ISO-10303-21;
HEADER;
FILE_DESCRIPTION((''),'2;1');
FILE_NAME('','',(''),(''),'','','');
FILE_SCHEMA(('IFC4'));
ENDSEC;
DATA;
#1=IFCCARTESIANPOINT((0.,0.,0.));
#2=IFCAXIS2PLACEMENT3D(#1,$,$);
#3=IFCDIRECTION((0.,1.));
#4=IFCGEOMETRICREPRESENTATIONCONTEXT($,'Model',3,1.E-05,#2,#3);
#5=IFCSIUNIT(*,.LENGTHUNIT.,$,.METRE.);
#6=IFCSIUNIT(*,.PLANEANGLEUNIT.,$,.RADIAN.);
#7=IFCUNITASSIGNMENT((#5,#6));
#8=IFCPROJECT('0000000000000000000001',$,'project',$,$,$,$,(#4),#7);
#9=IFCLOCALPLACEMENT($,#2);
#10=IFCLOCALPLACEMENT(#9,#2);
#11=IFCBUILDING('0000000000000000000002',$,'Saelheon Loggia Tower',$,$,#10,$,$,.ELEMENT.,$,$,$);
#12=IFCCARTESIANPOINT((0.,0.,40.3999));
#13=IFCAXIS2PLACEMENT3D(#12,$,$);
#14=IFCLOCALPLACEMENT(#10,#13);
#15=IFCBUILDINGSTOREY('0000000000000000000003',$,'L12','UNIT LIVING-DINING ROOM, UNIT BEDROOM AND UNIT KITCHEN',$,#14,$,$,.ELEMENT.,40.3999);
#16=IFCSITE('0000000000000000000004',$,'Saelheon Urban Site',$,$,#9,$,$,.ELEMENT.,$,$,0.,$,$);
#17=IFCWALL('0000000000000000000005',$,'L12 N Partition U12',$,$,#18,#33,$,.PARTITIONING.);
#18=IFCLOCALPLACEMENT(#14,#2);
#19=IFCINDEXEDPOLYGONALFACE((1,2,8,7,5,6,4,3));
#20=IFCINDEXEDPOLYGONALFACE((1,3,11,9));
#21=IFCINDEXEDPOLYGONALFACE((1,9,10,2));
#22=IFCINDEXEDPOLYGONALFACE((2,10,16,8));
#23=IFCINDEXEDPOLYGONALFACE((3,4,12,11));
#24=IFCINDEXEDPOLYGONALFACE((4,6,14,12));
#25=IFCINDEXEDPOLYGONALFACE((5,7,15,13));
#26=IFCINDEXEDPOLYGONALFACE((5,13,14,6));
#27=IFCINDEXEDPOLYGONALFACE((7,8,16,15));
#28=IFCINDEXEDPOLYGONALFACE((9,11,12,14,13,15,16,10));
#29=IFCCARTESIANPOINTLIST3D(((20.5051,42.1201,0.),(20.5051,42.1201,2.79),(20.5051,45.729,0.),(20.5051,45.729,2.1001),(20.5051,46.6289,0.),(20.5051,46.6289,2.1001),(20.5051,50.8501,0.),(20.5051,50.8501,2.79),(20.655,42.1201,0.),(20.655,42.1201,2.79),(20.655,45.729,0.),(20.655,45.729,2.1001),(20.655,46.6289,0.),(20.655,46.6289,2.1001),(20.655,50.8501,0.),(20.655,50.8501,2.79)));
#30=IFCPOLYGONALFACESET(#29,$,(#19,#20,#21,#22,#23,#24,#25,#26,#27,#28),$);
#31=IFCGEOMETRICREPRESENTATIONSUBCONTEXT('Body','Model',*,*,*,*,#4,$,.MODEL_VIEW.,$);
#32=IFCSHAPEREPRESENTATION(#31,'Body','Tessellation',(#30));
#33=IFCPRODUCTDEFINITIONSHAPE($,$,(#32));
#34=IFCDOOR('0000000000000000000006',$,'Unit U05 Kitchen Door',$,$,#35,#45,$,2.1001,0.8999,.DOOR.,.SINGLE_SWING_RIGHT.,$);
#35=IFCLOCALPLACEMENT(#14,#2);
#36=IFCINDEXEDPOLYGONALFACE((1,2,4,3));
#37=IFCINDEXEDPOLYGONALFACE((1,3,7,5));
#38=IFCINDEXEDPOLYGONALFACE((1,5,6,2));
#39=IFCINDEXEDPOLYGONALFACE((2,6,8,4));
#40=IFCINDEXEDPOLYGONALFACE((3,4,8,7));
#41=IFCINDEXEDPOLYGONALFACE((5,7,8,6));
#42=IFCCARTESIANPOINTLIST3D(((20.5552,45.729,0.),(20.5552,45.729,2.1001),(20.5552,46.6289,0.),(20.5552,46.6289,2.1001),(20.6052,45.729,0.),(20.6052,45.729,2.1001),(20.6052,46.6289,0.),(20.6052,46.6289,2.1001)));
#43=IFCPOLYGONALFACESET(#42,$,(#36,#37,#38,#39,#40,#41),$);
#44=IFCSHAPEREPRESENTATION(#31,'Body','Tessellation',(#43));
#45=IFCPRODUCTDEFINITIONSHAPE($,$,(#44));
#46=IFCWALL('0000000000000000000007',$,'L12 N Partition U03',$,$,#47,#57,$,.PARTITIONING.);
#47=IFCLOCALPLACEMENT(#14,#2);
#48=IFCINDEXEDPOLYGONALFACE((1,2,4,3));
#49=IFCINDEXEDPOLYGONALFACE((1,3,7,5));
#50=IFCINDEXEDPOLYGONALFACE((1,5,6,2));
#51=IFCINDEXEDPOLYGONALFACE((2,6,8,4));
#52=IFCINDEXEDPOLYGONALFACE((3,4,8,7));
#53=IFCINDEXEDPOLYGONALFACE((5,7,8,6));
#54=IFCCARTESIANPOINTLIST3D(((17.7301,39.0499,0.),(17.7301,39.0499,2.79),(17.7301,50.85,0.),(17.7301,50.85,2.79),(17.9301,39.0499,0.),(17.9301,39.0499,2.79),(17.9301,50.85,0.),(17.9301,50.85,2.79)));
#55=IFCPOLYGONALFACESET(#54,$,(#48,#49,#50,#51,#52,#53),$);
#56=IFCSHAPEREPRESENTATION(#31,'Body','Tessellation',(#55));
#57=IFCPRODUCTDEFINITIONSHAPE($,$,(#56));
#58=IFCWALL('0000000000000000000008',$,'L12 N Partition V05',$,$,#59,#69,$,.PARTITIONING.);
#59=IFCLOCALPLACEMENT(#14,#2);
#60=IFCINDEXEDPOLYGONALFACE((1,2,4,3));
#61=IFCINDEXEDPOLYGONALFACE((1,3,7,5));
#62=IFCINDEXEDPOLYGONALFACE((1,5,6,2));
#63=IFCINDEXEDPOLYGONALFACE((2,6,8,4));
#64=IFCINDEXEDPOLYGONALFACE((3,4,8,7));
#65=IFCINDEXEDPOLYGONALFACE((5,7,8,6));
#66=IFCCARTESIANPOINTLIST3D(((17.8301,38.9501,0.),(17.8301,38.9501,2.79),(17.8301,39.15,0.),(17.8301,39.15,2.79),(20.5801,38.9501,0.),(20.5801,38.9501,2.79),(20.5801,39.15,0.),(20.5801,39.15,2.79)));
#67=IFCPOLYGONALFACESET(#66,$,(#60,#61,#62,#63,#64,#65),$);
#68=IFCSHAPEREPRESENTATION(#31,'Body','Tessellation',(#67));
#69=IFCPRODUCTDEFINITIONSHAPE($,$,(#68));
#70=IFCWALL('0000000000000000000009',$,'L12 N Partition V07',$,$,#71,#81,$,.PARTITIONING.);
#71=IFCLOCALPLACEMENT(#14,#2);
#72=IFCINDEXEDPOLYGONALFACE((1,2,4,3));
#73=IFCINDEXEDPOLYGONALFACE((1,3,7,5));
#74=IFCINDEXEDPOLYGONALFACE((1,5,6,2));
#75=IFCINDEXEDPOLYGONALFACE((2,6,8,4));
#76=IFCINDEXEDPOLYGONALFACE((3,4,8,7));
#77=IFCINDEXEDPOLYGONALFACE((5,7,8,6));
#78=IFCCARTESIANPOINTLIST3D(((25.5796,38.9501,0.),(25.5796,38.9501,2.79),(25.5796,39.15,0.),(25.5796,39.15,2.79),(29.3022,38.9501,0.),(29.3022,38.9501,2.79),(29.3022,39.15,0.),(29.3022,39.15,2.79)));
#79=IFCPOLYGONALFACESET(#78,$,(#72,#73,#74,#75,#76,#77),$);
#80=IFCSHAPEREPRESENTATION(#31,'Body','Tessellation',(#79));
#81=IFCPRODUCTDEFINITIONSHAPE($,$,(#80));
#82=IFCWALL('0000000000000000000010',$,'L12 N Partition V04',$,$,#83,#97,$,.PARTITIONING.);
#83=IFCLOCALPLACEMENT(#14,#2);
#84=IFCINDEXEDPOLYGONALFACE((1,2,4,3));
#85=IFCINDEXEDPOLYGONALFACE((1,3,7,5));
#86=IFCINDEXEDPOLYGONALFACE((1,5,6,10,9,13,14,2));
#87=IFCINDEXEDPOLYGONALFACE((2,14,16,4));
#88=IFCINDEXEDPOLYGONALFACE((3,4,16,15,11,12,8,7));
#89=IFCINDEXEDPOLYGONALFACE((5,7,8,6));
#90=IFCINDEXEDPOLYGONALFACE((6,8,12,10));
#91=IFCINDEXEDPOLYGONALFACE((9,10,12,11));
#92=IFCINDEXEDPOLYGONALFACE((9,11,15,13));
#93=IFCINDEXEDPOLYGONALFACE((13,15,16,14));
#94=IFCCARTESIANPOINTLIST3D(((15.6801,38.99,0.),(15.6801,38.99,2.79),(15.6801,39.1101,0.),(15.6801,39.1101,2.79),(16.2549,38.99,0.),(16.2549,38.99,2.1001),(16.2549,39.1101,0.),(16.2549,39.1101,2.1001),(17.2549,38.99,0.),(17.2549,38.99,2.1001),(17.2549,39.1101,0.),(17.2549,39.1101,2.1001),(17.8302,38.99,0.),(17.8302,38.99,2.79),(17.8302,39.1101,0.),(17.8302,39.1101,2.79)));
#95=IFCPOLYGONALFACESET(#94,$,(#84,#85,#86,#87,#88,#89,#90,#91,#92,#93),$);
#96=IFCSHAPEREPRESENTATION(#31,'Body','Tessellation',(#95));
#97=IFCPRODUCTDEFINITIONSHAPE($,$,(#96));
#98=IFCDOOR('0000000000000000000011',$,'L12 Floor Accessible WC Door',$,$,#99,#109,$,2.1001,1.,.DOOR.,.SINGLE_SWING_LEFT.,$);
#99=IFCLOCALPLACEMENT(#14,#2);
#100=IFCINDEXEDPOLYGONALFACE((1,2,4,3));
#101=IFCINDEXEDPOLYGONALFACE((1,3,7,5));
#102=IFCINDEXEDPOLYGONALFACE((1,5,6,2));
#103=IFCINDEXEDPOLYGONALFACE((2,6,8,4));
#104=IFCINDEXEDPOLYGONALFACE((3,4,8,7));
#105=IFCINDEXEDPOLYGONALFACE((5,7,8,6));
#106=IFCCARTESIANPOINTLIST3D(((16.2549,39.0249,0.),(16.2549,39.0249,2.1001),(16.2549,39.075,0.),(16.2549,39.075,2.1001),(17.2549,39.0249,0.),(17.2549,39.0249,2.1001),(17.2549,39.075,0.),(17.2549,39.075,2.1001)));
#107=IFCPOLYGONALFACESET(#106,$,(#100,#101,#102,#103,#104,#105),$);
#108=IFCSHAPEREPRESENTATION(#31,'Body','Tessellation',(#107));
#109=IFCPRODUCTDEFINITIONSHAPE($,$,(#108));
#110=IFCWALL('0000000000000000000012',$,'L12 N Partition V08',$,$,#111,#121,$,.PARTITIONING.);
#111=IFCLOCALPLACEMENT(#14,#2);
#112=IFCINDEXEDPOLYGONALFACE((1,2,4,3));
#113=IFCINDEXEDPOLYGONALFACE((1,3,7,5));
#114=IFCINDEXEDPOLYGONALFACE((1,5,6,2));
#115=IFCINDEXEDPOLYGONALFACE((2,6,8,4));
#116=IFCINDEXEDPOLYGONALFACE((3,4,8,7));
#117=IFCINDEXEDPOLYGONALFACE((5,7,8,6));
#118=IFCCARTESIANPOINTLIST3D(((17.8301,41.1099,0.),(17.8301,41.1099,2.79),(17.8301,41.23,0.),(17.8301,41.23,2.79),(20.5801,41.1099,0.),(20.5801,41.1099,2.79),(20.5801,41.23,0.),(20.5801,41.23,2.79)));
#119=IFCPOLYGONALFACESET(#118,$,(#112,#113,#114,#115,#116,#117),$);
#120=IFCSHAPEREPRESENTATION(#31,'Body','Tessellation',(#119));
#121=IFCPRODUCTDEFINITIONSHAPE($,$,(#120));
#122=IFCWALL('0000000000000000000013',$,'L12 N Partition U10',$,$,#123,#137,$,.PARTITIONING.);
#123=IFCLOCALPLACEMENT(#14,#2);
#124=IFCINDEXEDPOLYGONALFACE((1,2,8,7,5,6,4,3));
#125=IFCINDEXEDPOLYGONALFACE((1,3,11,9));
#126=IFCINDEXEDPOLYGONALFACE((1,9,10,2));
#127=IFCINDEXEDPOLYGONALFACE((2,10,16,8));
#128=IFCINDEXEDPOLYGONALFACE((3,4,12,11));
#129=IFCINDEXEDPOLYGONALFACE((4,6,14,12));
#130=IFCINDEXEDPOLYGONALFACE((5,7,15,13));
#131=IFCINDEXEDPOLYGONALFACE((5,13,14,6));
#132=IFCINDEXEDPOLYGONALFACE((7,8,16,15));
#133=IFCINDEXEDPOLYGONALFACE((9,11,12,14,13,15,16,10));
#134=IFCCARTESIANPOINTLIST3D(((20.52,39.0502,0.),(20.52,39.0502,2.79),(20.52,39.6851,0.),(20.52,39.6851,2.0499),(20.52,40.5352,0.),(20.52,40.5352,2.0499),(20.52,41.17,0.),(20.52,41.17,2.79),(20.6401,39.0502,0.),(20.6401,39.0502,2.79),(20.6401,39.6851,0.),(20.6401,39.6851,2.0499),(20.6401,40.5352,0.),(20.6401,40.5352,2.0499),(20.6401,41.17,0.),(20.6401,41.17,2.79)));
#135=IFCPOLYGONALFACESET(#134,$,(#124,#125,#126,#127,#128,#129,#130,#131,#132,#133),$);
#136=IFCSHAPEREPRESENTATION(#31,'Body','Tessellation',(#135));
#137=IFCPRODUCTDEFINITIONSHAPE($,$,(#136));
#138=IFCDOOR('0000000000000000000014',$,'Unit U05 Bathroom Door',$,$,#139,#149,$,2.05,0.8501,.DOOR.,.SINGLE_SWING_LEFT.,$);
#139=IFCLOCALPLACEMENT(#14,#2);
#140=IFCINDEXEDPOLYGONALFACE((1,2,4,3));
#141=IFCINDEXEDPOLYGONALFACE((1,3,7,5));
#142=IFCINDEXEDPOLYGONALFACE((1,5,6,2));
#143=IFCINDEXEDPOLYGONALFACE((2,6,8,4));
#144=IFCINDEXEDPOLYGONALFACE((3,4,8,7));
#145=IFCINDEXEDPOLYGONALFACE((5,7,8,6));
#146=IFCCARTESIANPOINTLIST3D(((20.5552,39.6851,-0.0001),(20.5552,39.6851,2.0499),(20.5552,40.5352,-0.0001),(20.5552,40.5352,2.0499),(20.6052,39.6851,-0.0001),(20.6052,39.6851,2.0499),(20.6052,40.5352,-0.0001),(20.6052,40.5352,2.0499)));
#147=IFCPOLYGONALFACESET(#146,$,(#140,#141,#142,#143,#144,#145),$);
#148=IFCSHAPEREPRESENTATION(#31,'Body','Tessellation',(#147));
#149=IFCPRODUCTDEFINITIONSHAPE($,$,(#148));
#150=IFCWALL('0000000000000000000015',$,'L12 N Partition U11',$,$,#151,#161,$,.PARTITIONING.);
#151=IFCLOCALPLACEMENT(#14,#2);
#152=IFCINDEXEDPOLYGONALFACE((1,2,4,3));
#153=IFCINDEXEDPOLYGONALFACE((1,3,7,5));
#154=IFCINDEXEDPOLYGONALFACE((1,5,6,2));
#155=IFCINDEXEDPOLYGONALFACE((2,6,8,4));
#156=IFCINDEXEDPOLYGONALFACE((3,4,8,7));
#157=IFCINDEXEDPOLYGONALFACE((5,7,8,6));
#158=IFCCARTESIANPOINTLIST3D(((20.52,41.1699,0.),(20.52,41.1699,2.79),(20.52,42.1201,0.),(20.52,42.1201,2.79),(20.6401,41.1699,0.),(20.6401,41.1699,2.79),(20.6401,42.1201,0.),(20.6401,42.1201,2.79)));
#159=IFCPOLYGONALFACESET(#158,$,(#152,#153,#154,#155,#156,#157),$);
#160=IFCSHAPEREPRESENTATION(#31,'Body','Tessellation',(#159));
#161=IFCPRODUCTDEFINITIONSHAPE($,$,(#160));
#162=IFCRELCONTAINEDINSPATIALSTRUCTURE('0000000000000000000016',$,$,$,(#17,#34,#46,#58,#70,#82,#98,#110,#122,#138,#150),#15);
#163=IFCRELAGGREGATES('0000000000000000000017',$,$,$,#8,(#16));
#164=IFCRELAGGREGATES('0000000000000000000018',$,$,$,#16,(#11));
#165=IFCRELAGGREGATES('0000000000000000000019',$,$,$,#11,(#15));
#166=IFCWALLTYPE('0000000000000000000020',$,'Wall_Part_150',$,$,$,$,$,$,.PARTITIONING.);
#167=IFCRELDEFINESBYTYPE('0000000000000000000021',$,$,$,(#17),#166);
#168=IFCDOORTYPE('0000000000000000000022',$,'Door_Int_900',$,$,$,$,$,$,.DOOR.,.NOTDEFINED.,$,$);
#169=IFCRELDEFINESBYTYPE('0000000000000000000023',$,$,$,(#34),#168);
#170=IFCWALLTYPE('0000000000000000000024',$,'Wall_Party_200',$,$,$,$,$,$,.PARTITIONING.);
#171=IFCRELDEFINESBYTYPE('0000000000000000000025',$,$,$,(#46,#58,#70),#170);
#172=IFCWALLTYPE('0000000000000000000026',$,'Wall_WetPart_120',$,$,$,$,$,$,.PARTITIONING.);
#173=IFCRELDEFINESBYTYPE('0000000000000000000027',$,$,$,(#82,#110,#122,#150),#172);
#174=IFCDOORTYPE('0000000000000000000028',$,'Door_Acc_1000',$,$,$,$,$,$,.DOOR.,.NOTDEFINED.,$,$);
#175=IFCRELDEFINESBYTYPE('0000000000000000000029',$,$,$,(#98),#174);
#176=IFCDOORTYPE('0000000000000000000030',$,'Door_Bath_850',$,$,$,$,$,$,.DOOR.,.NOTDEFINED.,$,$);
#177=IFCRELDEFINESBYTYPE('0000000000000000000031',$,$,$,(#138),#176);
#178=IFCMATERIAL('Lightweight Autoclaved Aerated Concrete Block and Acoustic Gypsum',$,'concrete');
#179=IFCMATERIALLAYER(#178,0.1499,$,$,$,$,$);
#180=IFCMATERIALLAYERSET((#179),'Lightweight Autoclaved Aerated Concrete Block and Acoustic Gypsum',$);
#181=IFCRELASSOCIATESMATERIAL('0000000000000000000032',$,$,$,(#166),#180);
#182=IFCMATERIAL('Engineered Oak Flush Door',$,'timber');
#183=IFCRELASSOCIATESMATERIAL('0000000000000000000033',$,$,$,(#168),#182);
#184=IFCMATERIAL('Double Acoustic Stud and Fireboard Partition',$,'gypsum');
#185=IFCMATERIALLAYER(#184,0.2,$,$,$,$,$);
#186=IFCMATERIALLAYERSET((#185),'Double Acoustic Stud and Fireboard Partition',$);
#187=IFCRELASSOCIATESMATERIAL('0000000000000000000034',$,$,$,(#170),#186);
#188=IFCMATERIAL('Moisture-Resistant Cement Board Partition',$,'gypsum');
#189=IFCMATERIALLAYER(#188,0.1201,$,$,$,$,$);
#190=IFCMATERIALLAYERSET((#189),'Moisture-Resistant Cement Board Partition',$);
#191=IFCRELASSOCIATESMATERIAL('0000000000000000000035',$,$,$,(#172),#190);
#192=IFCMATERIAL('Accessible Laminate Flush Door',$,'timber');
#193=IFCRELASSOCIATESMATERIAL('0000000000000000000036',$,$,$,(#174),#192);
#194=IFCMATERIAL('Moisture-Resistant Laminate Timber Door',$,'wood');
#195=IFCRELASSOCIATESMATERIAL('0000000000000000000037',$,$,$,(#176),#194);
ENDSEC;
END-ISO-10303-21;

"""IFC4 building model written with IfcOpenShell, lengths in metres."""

from ifc_helpers import new_model, si_unit, direction, frame, frame_2d, origin, place, context, subcontext, project, spatial, rectangle, extrude, source, transform, mapped, material, layer, layer_set, type_object, element, fill, save


model = new_model("IFC4")

# Units and contexts
model_context = context("Model", 3, precision=1e-05, world=origin(), true_north=direction((0.0, 1.0)))
body_context = subcontext(model_context, "Body", "Model", "MODEL_VIEW")
ifc_project = project(units=[si_unit("LENGTHUNIT", "METRE"), si_unit("PLANEANGLEUNIT", "RADIAN")], contexts=[model_context])

# Site, building, storey
site_placement = place(None, origin())
site = spatial("IfcSite", under=ifc_project, at=site_placement, Name="Saelheon Urban Site", CompositionType="ELEMENT", RefElevation=0.0)
building_placement = place(site_placement, origin())
building = spatial("IfcBuilding", under=site, at=building_placement, Name="Saelheon Loggia Tower", CompositionType="ELEMENT")
storey_placement = place(building_placement, frame((0.0, 0.0, 40.3999)))
storey = spatial("IfcBuildingStorey", under=building, at=storey_placement, Name="L12", Description="UNIT LIVING-DINING ROOM, UNIT BEDROOM AND UNIT KITCHEN", CompositionType="ELEMENT", Elevation=40.3999)

# Wall, opening, door
ifc_material_1 = material(Name="Lightweight Autoclaved Aerated Concrete Block and Acoustic Gypsum", Category="concrete")
ifc_layer_1 = layer(ifc_material_1, 0.1499)
ifc_layer_set_1 = layer_set([ifc_layer_1], Name="Lightweight Autoclaved Aerated Concrete Block and Acoustic Gypsum")
wall_type_1 = type_object("IfcWallType", Name="Wall_Part_150", PredefinedType="PARTITIONING", material=ifc_layer_set_1)
wall_1_placement = place(storey_placement, frame((20.5801, 42.1201, 0.0), z_axis=(0.0, 0.0, 1.0), x_axis=(0.0, 1.0, 0.0)))
wall_1 = element("IfcWall", 1, at=wall_1_placement, inside=storey, type_object=wall_type_1, Name="L12 N Partition U12", PredefinedType="PARTITIONING", context=body_context, shape_type="SweptSolid", body=[
    extrude(rectangle(XDim=8.73, YDim=0.1499, at=frame_2d((4.365, 0.0))), origin(), (0.0, 0.0, 1.0), 2.79),
])
opening_1_placement = place(wall_1_placement, frame((3.6089, 0.0, 0.0)))
opening_1 = element("IfcOpeningElement", 2, at=opening_1_placement, cuts=wall_1, PredefinedType="OPENING", context=body_context, shape_type="SweptSolid", body=[
    extrude(rectangle(XDim=0.8999, YDim=2.1001, at=frame_2d((0.45, 1.05))), frame((0.0, 0.0869, 0.0), z_axis=(0.0, -1.0, 0.0), x_axis=(1.0, 0.0, 0.0)), (0.0, 0.0, 1.0), 0.1738),
])
ifc_material_2 = material(Name="Engineered Oak Flush Door", Category="timber")
door_type_1 = type_object("IfcDoorType", Name="Door_Int_900", OperationType="NOTDEFINED", PredefinedType="DOOR", material=ifc_material_2)
shared_shape_1 = source(origin(), body_context, "Body", "SweptSolid", [
    extrude(rectangle(XDim=0.8999, YDim=2.1001, at=frame_2d((0.45, 1.05))), frame((0.0, 0.0249, 0.0), z_axis=(0.0, -1.0, 0.0), x_axis=(1.0, 0.0, 0.0)), (0.0, 0.0, 1.0), 0.05),
])
door_1_placement = place(opening_1_placement, origin())
door_1 = element("IfcDoor", 3, at=door_1_placement, inside=storey, type_object=door_type_1, Name="Unit U05 Kitchen Door", OperationType="SINGLE_SWING_RIGHT", OverallHeight=2.1001, OverallWidth=0.8999, PredefinedType="DOOR", context=body_context, shape_type="MappedRepresentation", body=[
    mapped(shared_shape_1, transform((0.0, 0.0, 0.0), scale=1.0)),
])
fill(opening_1, door_1)

# Walls
ifc_material_3 = material(Name="Double Acoustic Stud and Fireboard Partition", Category="gypsum")
ifc_layer_2 = layer(ifc_material_3, 0.2)
ifc_layer_set_2 = layer_set([ifc_layer_2], Name="Double Acoustic Stud and Fireboard Partition")
wall_type_2 = type_object("IfcWallType", Name="Wall_Party_200", PredefinedType="PARTITIONING", material=ifc_layer_set_2)
wall_2_placement = place(storey_placement, frame((17.8301, 39.05, 0.0), z_axis=(0.0, 0.0, 1.0), x_axis=(0.0, 1.0, 0.0)))
element("IfcWall", 4, at=wall_2_placement, inside=storey, type_object=wall_type_2, Name="L12 N Partition U03", PredefinedType="PARTITIONING", context=body_context, shape_type="SweptSolid", body=[
    extrude(rectangle(XDim=11.8, YDim=0.2, at=frame_2d((5.8999, 0.0))), origin(), (0.0, 0.0, 1.0), 2.79),
])
wall_3_placement = place(storey_placement, frame((17.8301, 39.05, 0.0), z_axis=(0.0, 0.0, 1.0), x_axis=(1.0, 0.0, 0.0)))
element("IfcWall", 5, at=wall_3_placement, inside=storey, type_object=wall_type_2, Name="L12 N Partition V05", PredefinedType="PARTITIONING", context=body_context, shape_type="SweptSolid", body=[
    extrude(rectangle(XDim=2.75, YDim=0.2, at=frame_2d((1.375, 0.0))), origin(), (0.0, 0.0, 1.0), 2.79),
])

# Wall
wall_4_placement = place(storey_placement, frame((25.5796, 39.05, 0.0), z_axis=(0.0, 0.0, 1.0), x_axis=(1.0, 0.0, 0.0)))
element("IfcWall", 6, at=wall_4_placement, inside=storey, type_object=wall_type_2, Name="L12 N Partition V07", PredefinedType="PARTITIONING", context=body_context, shape_type="SweptSolid", body=[
    extrude(rectangle(XDim=3.7227, YDim=0.2, at=frame_2d((1.8613, 0.0))), origin(), (0.0, 0.0, 1.0), 2.79),
])

# Wall, opening, door
ifc_material_4 = material(Name="Moisture-Resistant Cement Board Partition", Category="gypsum")
ifc_layer_3 = layer(ifc_material_4, 0.1201)
ifc_layer_set_3 = layer_set([ifc_layer_3], Name="Moisture-Resistant Cement Board Partition")
wall_type_3 = type_object("IfcWallType", Name="Wall_WetPart_120", PredefinedType="PARTITIONING", material=ifc_layer_set_3)
wall_5_placement = place(storey_placement, frame((15.6799, 39.05, 0.0), z_axis=(0.0, 0.0, 1.0), x_axis=(1.0, 0.0, 0.0)))
wall_5 = element("IfcWall", 7, at=wall_5_placement, inside=storey, type_object=wall_type_3, Name="L12 N Partition V04", PredefinedType="PARTITIONING", context=body_context, shape_type="SweptSolid", body=[
    extrude(rectangle(XDim=2.1501, YDim=0.1201, at=frame_2d((1.0752, 0.0))), origin(), (0.0, 0.0, 1.0), 2.79),
])
opening_2_placement = place(wall_5_placement, frame((0.575, 0.0, 0.0)))
opening_2 = element("IfcOpeningElement", 8, at=opening_2_placement, cuts=wall_5, PredefinedType="OPENING", context=body_context, shape_type="SweptSolid", body=[
    extrude(rectangle(XDim=1.0, YDim=2.1001, at=frame_2d((0.5, 1.05))), frame((0.0, 0.072, 0.0), z_axis=(0.0, -1.0, 0.0), x_axis=(1.0, 0.0, 0.0)), (0.0, 0.0, 1.0), 0.144),
])
ifc_material_5 = material(Name="Accessible Laminate Flush Door", Category="timber")
door_type_2 = type_object("IfcDoorType", Name="Door_Acc_1000", OperationType="NOTDEFINED", PredefinedType="DOOR", material=ifc_material_5)
shared_shape_2 = source(origin(), body_context, "Body", "SweptSolid", [
    extrude(rectangle(XDim=1.0, YDim=2.1001, at=frame_2d((0.5, 1.05))), frame((0.0, 0.0249, 0.0), z_axis=(0.0, -1.0, 0.0), x_axis=(1.0, 0.0, 0.0)), (0.0, 0.0, 1.0), 0.05),
])
door_2_placement = place(opening_2_placement, origin())
door_2 = element("IfcDoor", 9, at=door_2_placement, inside=storey, type_object=door_type_2, Name="L12 Floor Accessible WC Door", OperationType="SINGLE_SWING_LEFT", OverallHeight=2.1001, OverallWidth=1.0, PredefinedType="DOOR", context=body_context, shape_type="MappedRepresentation", body=[
    mapped(shared_shape_2, transform((0.0, 0.0, 0.0), scale=1.0)),
])
fill(opening_2, door_2)

# Wall
wall_6_placement = place(storey_placement, frame((17.8301, 41.1699, 0.0), z_axis=(0.0, 0.0, 1.0), x_axis=(1.0, 0.0, 0.0)))
element("IfcWall", 10, at=wall_6_placement, inside=storey, type_object=wall_type_3, Name="L12 N Partition V08", PredefinedType="PARTITIONING", context=body_context, shape_type="SweptSolid", body=[
    extrude(rectangle(XDim=2.75, YDim=0.1201, at=frame_2d((1.375, 0.0))), origin(), (0.0, 0.0, 1.0), 2.79),
])

# Wall, opening, door
wall_7_placement = place(storey_placement, frame((20.5801, 39.05, 0.0), z_axis=(0.0, 0.0, 1.0), x_axis=(0.0, 1.0, 0.0)))
wall_7 = element("IfcWall", 11, at=wall_7_placement, inside=storey, type_object=wall_type_3, Name="L12 N Partition U10", PredefinedType="PARTITIONING", context=body_context, shape_type="SweptSolid", body=[
    extrude(rectangle(XDim=2.1199, YDim=0.1201, at=frame_2d((1.0601, 0.0))), origin(), (0.0, 0.0, 1.0), 2.79),
])
opening_3_placement = place(wall_7_placement, frame((0.635, 0.0, 0.0)))
opening_3 = element("IfcOpeningElement", 12, at=opening_3_placement, cuts=wall_7, PredefinedType="OPENING", context=body_context, shape_type="SweptSolid", body=[
    extrude(rectangle(XDim=0.8501, YDim=2.05, at=frame_2d((0.425, 1.0249))), frame((0.0, 0.072, 0.0), z_axis=(0.0, -1.0, 0.0), x_axis=(1.0, 0.0, 0.0)), (0.0, 0.0, 1.0), 0.144),
])
ifc_material_6 = material(Name="Moisture-Resistant Laminate Timber Door", Category="wood")
door_type_3 = type_object("IfcDoorType", Name="Door_Bath_850", OperationType="NOTDEFINED", PredefinedType="DOOR", material=ifc_material_6)
shared_shape_3 = source(origin(), body_context, "Body", "SweptSolid", [
    extrude(rectangle(XDim=0.8501, YDim=2.05, at=frame_2d((0.425, 1.0249))), frame((0.0, 0.0249, 0.0), z_axis=(0.0, -1.0, 0.0), x_axis=(1.0, 0.0, 0.0)), (0.0, 0.0, 1.0), 0.05),
])
door_3_placement = place(opening_3_placement, origin())
door_3 = element("IfcDoor", 13, at=door_3_placement, inside=storey, type_object=door_type_3, Name="Unit U05 Bathroom Door", OperationType="SINGLE_SWING_LEFT", OverallHeight=2.05, OverallWidth=0.8501, PredefinedType="DOOR", context=body_context, shape_type="MappedRepresentation", body=[
    mapped(shared_shape_3, transform((0.0, 0.0, 0.0), scale=1.0)),
])
fill(opening_3, door_3)

# Wall
wall_8_placement = place(storey_placement, frame((20.5801, 41.1699, 0.0), z_axis=(0.0, 0.0, 1.0), x_axis=(0.0, 1.0, 0.0)))
element("IfcWall", 14, at=wall_8_placement, inside=storey, type_object=wall_type_3, Name="L12 N Partition U11", PredefinedType="PARTITIONING", context=body_context, shape_type="SweptSolid", body=[
    extrude(rectangle(XDim=0.9502, YDim=0.1201, at=frame_2d((0.4751, 0.0))), origin(), (0.0, 0.0, 1.0), 2.79),
])

save(model, "model.ifc")
